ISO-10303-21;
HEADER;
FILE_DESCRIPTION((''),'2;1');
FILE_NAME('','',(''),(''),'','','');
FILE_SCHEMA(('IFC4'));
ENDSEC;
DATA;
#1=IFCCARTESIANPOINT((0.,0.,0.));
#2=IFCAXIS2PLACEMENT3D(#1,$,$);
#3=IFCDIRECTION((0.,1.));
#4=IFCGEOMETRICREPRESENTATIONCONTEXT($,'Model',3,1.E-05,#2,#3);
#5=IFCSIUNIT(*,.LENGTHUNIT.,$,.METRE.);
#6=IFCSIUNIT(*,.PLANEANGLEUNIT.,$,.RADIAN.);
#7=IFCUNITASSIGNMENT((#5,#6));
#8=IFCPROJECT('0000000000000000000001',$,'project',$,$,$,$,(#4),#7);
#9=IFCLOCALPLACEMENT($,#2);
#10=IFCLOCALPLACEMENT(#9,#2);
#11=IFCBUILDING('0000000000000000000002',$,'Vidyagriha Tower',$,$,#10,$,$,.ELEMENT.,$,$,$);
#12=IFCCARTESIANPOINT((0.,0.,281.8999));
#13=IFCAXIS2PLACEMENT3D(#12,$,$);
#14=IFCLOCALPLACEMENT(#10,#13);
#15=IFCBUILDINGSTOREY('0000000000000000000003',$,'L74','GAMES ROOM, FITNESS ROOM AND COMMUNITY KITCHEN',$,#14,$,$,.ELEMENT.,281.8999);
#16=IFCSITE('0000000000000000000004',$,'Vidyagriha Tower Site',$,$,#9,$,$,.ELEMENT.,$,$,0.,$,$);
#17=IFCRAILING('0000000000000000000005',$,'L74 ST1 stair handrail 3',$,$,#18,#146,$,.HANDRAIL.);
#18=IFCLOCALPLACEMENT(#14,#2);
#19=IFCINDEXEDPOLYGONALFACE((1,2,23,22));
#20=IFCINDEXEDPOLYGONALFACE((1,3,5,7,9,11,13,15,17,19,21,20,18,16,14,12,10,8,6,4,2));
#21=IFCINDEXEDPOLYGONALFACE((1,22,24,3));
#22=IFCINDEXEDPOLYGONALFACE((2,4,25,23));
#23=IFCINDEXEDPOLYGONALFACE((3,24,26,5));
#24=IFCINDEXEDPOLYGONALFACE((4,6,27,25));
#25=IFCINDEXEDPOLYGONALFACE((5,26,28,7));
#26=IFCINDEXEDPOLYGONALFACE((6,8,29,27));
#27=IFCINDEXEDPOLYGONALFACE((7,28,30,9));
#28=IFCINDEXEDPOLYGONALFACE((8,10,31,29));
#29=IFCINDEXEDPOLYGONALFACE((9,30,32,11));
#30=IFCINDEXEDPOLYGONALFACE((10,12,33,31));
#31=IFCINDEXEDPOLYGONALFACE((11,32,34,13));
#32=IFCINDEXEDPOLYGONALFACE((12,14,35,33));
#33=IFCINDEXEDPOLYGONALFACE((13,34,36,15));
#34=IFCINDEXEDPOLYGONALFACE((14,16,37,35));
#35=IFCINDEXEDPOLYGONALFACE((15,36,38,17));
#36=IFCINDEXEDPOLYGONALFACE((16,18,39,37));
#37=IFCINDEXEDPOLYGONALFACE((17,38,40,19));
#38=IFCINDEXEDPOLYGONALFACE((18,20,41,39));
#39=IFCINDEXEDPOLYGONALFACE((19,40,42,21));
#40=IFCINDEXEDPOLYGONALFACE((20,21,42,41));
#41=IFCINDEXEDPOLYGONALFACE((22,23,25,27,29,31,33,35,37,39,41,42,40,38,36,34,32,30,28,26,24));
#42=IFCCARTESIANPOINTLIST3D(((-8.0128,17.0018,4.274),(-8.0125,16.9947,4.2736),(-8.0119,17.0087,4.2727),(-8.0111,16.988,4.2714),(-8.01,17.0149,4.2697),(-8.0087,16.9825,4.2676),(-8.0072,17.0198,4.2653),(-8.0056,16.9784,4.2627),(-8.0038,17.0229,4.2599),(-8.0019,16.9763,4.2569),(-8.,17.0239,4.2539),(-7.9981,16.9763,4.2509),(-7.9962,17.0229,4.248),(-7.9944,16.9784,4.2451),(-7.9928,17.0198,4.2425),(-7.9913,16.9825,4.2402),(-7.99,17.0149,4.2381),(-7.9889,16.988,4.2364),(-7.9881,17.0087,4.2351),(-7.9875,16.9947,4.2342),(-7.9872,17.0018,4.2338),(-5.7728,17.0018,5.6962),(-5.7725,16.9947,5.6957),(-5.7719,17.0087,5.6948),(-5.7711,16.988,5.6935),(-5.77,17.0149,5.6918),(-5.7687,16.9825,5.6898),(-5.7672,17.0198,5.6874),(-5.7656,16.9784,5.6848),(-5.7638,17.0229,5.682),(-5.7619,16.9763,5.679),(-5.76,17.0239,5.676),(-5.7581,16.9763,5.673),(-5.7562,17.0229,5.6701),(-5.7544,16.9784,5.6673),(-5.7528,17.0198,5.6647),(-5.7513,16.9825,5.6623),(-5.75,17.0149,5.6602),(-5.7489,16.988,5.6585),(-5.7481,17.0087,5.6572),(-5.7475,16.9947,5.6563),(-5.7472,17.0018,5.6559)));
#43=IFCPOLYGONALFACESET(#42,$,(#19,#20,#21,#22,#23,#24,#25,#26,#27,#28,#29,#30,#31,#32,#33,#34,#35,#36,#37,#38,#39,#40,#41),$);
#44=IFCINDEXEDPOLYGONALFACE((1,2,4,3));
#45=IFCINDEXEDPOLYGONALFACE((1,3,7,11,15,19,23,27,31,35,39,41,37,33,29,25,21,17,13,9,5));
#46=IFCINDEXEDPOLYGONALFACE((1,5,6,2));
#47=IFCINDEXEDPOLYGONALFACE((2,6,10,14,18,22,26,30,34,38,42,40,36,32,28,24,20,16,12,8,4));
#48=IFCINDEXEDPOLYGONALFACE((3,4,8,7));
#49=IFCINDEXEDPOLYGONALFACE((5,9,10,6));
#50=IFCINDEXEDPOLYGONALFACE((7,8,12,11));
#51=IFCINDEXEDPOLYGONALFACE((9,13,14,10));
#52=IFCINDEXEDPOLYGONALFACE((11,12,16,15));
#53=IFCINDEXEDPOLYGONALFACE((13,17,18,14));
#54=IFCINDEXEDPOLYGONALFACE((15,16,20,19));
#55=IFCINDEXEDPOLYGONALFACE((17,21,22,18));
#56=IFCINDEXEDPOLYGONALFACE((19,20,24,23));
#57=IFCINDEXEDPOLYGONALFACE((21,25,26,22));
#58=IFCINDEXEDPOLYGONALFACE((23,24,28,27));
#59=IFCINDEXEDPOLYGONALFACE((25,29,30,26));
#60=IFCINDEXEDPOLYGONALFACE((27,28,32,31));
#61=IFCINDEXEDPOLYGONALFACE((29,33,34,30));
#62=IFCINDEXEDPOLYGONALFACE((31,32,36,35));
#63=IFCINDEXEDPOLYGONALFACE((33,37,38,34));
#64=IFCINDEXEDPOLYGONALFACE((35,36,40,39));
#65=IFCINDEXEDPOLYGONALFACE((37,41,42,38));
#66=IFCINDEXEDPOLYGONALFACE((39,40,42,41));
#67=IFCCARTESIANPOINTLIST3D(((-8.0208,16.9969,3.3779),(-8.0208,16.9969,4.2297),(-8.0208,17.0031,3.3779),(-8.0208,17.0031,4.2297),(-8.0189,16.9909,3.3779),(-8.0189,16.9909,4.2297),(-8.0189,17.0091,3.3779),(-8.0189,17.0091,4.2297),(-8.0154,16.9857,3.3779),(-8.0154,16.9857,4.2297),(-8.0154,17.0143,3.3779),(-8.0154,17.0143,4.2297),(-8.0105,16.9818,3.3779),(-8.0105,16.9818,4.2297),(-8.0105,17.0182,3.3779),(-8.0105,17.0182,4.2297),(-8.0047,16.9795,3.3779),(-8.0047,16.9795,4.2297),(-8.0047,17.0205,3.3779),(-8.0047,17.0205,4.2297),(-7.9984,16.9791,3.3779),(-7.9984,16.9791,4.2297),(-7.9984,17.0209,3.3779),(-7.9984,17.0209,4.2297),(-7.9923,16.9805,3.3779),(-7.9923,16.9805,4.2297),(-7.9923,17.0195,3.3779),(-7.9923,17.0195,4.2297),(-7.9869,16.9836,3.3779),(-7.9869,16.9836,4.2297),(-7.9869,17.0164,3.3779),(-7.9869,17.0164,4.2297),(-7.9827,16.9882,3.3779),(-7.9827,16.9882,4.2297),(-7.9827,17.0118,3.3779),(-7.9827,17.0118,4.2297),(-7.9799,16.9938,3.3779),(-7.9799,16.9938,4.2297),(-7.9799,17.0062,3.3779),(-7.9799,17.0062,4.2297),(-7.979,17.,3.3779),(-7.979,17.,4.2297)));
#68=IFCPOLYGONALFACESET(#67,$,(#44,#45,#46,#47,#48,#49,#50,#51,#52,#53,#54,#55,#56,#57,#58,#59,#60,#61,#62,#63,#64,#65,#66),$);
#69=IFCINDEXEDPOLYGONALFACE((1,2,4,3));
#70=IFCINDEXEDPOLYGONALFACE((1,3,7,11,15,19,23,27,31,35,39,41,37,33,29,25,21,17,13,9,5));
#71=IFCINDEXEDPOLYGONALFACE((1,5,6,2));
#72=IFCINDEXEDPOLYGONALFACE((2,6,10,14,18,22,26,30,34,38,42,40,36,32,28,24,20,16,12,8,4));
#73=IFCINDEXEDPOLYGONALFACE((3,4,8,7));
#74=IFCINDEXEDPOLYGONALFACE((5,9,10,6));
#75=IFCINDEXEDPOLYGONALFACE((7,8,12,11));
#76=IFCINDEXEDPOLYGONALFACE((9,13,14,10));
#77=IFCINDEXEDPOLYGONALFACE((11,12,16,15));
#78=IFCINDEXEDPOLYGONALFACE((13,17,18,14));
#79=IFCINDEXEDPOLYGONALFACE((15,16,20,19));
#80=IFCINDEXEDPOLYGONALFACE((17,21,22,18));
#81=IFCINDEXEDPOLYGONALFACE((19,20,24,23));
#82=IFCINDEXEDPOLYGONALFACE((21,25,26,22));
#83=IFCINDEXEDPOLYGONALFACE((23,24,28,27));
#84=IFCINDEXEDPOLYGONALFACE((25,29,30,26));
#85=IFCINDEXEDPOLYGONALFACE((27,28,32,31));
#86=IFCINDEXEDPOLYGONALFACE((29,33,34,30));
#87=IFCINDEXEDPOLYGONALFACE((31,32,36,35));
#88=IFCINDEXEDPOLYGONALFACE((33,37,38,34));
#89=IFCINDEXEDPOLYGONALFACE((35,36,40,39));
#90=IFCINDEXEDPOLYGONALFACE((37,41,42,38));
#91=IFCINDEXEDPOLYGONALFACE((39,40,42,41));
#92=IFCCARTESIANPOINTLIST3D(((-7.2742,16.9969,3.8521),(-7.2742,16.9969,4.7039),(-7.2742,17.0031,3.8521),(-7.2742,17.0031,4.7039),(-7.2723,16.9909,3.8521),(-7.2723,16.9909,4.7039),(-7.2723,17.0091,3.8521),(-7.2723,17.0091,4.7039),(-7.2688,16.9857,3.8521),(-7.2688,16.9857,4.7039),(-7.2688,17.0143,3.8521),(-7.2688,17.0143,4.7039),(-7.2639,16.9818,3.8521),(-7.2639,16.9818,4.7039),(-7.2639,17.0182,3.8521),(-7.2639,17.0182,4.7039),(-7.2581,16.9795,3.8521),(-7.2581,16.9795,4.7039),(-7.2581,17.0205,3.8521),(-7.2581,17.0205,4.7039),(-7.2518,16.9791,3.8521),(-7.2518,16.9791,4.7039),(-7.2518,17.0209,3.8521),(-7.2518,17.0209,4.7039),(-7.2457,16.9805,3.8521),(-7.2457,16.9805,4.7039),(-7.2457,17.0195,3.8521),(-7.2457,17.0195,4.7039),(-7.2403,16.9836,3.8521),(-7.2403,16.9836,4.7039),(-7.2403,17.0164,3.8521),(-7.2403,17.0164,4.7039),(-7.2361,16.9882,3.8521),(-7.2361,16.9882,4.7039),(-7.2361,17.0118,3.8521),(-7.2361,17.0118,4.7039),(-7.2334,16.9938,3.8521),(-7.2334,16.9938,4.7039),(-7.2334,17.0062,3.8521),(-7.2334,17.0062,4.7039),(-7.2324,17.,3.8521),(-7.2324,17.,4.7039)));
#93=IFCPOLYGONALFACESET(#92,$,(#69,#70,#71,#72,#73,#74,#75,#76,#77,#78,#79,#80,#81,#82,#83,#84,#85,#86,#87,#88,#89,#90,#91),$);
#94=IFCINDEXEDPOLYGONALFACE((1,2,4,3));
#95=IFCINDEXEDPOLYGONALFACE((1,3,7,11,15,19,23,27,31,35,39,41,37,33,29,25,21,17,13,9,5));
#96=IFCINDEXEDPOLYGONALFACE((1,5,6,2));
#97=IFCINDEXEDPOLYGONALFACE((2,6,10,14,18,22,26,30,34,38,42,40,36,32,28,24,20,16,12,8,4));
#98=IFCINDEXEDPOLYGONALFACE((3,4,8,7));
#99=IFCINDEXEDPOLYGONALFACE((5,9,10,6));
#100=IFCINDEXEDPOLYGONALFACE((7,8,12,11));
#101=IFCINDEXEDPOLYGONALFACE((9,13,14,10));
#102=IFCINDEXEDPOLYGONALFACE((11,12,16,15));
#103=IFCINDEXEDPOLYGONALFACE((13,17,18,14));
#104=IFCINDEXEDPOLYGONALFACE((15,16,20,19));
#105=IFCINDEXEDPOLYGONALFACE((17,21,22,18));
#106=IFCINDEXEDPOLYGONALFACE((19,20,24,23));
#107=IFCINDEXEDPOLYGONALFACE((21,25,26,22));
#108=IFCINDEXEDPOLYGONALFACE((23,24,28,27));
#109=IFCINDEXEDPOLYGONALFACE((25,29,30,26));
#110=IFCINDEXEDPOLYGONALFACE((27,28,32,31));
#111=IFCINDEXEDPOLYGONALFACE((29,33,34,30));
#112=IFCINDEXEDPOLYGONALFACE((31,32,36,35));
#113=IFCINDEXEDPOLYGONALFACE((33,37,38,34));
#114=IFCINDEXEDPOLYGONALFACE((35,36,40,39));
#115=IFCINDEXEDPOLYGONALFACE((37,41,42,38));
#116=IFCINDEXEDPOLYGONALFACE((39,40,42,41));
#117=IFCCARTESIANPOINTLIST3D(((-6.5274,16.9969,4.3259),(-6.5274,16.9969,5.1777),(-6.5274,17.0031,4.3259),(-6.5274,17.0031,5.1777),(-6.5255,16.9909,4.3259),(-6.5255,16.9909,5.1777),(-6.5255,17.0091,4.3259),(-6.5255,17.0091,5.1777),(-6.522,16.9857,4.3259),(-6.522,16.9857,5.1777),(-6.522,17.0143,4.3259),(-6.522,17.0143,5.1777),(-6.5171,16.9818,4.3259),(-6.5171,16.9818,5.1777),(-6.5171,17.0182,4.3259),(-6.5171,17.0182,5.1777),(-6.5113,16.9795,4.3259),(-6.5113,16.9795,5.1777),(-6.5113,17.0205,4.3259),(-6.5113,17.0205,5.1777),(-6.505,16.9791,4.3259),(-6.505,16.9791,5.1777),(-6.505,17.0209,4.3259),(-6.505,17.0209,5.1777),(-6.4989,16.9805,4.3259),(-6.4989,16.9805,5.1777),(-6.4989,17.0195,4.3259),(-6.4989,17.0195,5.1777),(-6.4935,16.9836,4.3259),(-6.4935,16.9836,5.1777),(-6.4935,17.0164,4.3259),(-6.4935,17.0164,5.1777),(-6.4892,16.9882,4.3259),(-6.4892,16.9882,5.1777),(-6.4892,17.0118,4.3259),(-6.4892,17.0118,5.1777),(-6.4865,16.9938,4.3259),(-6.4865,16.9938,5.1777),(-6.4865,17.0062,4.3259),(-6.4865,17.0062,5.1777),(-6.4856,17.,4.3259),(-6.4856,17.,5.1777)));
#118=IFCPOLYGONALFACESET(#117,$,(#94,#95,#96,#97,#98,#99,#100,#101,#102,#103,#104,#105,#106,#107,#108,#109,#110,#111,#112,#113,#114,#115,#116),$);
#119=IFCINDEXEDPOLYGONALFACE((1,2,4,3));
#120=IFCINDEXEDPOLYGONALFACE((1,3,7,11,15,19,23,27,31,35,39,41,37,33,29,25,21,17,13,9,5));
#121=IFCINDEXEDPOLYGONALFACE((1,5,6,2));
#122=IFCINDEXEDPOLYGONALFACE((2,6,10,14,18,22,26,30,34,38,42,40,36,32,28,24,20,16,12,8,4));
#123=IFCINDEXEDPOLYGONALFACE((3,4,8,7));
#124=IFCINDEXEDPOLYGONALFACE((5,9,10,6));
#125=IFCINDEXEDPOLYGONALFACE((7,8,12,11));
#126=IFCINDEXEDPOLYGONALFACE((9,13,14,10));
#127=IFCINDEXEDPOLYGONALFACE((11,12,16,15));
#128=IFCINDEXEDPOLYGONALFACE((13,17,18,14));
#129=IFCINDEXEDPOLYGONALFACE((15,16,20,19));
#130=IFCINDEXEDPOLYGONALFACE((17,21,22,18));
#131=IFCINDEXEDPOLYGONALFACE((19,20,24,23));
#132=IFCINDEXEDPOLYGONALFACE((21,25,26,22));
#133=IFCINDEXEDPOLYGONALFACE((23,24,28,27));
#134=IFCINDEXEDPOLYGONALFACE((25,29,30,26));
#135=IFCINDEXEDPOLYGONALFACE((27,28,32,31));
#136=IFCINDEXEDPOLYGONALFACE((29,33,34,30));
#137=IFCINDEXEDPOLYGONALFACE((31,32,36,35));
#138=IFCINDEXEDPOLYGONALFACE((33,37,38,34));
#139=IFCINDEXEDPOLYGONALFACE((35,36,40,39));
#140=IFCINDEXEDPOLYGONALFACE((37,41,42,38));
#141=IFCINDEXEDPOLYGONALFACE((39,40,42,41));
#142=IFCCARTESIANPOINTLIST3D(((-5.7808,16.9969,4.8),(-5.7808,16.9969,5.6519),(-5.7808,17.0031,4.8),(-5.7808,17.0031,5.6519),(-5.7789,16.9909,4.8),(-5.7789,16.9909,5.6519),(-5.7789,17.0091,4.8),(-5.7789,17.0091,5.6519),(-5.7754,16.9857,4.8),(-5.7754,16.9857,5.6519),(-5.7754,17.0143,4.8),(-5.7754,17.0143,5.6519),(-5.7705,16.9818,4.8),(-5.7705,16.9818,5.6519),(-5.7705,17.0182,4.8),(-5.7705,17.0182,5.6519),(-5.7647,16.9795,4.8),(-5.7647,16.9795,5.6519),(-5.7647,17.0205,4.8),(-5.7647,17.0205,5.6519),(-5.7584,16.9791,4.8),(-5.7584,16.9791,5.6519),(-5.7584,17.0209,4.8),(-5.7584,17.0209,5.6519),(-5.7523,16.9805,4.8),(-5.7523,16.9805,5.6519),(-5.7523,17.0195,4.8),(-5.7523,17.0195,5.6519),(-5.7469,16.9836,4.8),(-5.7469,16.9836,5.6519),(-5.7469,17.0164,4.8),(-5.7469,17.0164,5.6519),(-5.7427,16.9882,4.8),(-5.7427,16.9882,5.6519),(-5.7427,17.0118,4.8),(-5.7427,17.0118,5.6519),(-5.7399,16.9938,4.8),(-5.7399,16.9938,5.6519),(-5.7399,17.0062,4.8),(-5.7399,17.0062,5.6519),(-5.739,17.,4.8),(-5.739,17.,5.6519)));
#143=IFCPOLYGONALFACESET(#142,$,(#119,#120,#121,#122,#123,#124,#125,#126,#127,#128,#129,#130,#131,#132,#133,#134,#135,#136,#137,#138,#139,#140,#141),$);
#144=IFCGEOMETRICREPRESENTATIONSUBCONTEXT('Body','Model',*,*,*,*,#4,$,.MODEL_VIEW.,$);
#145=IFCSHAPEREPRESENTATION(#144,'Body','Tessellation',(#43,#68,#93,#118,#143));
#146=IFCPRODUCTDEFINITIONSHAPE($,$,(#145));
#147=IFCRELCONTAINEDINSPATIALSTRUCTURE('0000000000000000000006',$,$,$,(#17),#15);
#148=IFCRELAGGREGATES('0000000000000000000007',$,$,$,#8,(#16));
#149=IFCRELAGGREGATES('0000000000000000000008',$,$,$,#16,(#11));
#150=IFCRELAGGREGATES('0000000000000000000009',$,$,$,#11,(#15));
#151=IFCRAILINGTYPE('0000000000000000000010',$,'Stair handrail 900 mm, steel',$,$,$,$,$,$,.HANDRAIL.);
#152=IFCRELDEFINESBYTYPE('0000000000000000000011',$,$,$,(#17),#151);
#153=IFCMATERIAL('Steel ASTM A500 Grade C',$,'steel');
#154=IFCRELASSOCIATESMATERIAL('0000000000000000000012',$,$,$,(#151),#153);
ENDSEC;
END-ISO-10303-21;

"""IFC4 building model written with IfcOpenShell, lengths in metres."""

from ifc_helpers import new_model, si_unit, direction, frame, origin, origin_2d, place, context, subcontext, project, spatial, circle, extrude, material, type_object, element, save


model = new_model("IFC4")

# Units and contexts
model_context = context("Model", 3, precision=1e-05, world=origin(), true_north=direction((0.0, 1.0)))
body_context = subcontext(model_context, "Body", "Model", "MODEL_VIEW")
ifc_project = project(units=[si_unit("LENGTHUNIT", "METRE"), si_unit("PLANEANGLEUNIT", "RADIAN")], contexts=[model_context])

# Site, building, storey
site_placement = place(None, origin())
site = spatial("IfcSite", under=ifc_project, at=site_placement, Name="Vidyagriha Tower Site", CompositionType="ELEMENT", RefElevation=0.0)
building_placement = place(site_placement, origin())
building = spatial("IfcBuilding", under=site, at=building_placement, Name="Vidyagriha Tower", CompositionType="ELEMENT")
storey_placement = place(building_placement, frame((0.0, 0.0, 281.8999)))
storey = spatial("IfcBuildingStorey", under=building, at=storey_placement, Name="L74", Description="GAMES ROOM, FITNESS ROOM AND COMMUNITY KITCHEN", CompositionType="ELEMENT", Elevation=281.8999)

# Railing
ifc_material_1 = material(Name="Steel ASTM A500 Grade C", Category="steel")
railing_type_1 = type_object("IfcRailingType", Name="Stair handrail 900 mm, steel", PredefinedType="HANDRAIL", material=ifc_material_1)
for number, where, name in (
    (1, (-8.0, 17.0, 3.3779), "L74 ST1 stair handrail 3"),
):
    element("IfcRailing", number, at=place(storey_placement, frame(where)), inside=storey, type_object=railing_type_1, Name=name, PredefinedType="HANDRAIL", context=body_context, shape_type="SweptSolid", body=[
        extrude(circle(Radius=0.0239, at=origin_2d()), frame((0.0, 0.0, 0.876), z_axis=(0.844229, 0.0, 0.535982), x_axis=(0.0, 1.0, 0.0)), (0.0, 0.0, 1.0), 2.6533),
        extrude(circle(Radius=0.021, at=origin_2d()), origin(), (0.0, 0.0, 1.0), 0.8518),
        extrude(circle(Radius=0.021, at=origin_2d()), frame((0.7466, 0.0, 0.4741)), (0.0, 0.0, 1.0), 0.8518),
        extrude(circle(Radius=0.021, at=origin_2d()), frame((1.4934, 0.0, 0.948)), (0.0, 0.0, 1.0), 0.8518),
        extrude(circle(Radius=0.021, at=origin_2d()), frame((2.24, 0.0, 1.4221)), (0.0, 0.0, 1.0), 0.8518),
    ])

save(model, "model.ifc")
